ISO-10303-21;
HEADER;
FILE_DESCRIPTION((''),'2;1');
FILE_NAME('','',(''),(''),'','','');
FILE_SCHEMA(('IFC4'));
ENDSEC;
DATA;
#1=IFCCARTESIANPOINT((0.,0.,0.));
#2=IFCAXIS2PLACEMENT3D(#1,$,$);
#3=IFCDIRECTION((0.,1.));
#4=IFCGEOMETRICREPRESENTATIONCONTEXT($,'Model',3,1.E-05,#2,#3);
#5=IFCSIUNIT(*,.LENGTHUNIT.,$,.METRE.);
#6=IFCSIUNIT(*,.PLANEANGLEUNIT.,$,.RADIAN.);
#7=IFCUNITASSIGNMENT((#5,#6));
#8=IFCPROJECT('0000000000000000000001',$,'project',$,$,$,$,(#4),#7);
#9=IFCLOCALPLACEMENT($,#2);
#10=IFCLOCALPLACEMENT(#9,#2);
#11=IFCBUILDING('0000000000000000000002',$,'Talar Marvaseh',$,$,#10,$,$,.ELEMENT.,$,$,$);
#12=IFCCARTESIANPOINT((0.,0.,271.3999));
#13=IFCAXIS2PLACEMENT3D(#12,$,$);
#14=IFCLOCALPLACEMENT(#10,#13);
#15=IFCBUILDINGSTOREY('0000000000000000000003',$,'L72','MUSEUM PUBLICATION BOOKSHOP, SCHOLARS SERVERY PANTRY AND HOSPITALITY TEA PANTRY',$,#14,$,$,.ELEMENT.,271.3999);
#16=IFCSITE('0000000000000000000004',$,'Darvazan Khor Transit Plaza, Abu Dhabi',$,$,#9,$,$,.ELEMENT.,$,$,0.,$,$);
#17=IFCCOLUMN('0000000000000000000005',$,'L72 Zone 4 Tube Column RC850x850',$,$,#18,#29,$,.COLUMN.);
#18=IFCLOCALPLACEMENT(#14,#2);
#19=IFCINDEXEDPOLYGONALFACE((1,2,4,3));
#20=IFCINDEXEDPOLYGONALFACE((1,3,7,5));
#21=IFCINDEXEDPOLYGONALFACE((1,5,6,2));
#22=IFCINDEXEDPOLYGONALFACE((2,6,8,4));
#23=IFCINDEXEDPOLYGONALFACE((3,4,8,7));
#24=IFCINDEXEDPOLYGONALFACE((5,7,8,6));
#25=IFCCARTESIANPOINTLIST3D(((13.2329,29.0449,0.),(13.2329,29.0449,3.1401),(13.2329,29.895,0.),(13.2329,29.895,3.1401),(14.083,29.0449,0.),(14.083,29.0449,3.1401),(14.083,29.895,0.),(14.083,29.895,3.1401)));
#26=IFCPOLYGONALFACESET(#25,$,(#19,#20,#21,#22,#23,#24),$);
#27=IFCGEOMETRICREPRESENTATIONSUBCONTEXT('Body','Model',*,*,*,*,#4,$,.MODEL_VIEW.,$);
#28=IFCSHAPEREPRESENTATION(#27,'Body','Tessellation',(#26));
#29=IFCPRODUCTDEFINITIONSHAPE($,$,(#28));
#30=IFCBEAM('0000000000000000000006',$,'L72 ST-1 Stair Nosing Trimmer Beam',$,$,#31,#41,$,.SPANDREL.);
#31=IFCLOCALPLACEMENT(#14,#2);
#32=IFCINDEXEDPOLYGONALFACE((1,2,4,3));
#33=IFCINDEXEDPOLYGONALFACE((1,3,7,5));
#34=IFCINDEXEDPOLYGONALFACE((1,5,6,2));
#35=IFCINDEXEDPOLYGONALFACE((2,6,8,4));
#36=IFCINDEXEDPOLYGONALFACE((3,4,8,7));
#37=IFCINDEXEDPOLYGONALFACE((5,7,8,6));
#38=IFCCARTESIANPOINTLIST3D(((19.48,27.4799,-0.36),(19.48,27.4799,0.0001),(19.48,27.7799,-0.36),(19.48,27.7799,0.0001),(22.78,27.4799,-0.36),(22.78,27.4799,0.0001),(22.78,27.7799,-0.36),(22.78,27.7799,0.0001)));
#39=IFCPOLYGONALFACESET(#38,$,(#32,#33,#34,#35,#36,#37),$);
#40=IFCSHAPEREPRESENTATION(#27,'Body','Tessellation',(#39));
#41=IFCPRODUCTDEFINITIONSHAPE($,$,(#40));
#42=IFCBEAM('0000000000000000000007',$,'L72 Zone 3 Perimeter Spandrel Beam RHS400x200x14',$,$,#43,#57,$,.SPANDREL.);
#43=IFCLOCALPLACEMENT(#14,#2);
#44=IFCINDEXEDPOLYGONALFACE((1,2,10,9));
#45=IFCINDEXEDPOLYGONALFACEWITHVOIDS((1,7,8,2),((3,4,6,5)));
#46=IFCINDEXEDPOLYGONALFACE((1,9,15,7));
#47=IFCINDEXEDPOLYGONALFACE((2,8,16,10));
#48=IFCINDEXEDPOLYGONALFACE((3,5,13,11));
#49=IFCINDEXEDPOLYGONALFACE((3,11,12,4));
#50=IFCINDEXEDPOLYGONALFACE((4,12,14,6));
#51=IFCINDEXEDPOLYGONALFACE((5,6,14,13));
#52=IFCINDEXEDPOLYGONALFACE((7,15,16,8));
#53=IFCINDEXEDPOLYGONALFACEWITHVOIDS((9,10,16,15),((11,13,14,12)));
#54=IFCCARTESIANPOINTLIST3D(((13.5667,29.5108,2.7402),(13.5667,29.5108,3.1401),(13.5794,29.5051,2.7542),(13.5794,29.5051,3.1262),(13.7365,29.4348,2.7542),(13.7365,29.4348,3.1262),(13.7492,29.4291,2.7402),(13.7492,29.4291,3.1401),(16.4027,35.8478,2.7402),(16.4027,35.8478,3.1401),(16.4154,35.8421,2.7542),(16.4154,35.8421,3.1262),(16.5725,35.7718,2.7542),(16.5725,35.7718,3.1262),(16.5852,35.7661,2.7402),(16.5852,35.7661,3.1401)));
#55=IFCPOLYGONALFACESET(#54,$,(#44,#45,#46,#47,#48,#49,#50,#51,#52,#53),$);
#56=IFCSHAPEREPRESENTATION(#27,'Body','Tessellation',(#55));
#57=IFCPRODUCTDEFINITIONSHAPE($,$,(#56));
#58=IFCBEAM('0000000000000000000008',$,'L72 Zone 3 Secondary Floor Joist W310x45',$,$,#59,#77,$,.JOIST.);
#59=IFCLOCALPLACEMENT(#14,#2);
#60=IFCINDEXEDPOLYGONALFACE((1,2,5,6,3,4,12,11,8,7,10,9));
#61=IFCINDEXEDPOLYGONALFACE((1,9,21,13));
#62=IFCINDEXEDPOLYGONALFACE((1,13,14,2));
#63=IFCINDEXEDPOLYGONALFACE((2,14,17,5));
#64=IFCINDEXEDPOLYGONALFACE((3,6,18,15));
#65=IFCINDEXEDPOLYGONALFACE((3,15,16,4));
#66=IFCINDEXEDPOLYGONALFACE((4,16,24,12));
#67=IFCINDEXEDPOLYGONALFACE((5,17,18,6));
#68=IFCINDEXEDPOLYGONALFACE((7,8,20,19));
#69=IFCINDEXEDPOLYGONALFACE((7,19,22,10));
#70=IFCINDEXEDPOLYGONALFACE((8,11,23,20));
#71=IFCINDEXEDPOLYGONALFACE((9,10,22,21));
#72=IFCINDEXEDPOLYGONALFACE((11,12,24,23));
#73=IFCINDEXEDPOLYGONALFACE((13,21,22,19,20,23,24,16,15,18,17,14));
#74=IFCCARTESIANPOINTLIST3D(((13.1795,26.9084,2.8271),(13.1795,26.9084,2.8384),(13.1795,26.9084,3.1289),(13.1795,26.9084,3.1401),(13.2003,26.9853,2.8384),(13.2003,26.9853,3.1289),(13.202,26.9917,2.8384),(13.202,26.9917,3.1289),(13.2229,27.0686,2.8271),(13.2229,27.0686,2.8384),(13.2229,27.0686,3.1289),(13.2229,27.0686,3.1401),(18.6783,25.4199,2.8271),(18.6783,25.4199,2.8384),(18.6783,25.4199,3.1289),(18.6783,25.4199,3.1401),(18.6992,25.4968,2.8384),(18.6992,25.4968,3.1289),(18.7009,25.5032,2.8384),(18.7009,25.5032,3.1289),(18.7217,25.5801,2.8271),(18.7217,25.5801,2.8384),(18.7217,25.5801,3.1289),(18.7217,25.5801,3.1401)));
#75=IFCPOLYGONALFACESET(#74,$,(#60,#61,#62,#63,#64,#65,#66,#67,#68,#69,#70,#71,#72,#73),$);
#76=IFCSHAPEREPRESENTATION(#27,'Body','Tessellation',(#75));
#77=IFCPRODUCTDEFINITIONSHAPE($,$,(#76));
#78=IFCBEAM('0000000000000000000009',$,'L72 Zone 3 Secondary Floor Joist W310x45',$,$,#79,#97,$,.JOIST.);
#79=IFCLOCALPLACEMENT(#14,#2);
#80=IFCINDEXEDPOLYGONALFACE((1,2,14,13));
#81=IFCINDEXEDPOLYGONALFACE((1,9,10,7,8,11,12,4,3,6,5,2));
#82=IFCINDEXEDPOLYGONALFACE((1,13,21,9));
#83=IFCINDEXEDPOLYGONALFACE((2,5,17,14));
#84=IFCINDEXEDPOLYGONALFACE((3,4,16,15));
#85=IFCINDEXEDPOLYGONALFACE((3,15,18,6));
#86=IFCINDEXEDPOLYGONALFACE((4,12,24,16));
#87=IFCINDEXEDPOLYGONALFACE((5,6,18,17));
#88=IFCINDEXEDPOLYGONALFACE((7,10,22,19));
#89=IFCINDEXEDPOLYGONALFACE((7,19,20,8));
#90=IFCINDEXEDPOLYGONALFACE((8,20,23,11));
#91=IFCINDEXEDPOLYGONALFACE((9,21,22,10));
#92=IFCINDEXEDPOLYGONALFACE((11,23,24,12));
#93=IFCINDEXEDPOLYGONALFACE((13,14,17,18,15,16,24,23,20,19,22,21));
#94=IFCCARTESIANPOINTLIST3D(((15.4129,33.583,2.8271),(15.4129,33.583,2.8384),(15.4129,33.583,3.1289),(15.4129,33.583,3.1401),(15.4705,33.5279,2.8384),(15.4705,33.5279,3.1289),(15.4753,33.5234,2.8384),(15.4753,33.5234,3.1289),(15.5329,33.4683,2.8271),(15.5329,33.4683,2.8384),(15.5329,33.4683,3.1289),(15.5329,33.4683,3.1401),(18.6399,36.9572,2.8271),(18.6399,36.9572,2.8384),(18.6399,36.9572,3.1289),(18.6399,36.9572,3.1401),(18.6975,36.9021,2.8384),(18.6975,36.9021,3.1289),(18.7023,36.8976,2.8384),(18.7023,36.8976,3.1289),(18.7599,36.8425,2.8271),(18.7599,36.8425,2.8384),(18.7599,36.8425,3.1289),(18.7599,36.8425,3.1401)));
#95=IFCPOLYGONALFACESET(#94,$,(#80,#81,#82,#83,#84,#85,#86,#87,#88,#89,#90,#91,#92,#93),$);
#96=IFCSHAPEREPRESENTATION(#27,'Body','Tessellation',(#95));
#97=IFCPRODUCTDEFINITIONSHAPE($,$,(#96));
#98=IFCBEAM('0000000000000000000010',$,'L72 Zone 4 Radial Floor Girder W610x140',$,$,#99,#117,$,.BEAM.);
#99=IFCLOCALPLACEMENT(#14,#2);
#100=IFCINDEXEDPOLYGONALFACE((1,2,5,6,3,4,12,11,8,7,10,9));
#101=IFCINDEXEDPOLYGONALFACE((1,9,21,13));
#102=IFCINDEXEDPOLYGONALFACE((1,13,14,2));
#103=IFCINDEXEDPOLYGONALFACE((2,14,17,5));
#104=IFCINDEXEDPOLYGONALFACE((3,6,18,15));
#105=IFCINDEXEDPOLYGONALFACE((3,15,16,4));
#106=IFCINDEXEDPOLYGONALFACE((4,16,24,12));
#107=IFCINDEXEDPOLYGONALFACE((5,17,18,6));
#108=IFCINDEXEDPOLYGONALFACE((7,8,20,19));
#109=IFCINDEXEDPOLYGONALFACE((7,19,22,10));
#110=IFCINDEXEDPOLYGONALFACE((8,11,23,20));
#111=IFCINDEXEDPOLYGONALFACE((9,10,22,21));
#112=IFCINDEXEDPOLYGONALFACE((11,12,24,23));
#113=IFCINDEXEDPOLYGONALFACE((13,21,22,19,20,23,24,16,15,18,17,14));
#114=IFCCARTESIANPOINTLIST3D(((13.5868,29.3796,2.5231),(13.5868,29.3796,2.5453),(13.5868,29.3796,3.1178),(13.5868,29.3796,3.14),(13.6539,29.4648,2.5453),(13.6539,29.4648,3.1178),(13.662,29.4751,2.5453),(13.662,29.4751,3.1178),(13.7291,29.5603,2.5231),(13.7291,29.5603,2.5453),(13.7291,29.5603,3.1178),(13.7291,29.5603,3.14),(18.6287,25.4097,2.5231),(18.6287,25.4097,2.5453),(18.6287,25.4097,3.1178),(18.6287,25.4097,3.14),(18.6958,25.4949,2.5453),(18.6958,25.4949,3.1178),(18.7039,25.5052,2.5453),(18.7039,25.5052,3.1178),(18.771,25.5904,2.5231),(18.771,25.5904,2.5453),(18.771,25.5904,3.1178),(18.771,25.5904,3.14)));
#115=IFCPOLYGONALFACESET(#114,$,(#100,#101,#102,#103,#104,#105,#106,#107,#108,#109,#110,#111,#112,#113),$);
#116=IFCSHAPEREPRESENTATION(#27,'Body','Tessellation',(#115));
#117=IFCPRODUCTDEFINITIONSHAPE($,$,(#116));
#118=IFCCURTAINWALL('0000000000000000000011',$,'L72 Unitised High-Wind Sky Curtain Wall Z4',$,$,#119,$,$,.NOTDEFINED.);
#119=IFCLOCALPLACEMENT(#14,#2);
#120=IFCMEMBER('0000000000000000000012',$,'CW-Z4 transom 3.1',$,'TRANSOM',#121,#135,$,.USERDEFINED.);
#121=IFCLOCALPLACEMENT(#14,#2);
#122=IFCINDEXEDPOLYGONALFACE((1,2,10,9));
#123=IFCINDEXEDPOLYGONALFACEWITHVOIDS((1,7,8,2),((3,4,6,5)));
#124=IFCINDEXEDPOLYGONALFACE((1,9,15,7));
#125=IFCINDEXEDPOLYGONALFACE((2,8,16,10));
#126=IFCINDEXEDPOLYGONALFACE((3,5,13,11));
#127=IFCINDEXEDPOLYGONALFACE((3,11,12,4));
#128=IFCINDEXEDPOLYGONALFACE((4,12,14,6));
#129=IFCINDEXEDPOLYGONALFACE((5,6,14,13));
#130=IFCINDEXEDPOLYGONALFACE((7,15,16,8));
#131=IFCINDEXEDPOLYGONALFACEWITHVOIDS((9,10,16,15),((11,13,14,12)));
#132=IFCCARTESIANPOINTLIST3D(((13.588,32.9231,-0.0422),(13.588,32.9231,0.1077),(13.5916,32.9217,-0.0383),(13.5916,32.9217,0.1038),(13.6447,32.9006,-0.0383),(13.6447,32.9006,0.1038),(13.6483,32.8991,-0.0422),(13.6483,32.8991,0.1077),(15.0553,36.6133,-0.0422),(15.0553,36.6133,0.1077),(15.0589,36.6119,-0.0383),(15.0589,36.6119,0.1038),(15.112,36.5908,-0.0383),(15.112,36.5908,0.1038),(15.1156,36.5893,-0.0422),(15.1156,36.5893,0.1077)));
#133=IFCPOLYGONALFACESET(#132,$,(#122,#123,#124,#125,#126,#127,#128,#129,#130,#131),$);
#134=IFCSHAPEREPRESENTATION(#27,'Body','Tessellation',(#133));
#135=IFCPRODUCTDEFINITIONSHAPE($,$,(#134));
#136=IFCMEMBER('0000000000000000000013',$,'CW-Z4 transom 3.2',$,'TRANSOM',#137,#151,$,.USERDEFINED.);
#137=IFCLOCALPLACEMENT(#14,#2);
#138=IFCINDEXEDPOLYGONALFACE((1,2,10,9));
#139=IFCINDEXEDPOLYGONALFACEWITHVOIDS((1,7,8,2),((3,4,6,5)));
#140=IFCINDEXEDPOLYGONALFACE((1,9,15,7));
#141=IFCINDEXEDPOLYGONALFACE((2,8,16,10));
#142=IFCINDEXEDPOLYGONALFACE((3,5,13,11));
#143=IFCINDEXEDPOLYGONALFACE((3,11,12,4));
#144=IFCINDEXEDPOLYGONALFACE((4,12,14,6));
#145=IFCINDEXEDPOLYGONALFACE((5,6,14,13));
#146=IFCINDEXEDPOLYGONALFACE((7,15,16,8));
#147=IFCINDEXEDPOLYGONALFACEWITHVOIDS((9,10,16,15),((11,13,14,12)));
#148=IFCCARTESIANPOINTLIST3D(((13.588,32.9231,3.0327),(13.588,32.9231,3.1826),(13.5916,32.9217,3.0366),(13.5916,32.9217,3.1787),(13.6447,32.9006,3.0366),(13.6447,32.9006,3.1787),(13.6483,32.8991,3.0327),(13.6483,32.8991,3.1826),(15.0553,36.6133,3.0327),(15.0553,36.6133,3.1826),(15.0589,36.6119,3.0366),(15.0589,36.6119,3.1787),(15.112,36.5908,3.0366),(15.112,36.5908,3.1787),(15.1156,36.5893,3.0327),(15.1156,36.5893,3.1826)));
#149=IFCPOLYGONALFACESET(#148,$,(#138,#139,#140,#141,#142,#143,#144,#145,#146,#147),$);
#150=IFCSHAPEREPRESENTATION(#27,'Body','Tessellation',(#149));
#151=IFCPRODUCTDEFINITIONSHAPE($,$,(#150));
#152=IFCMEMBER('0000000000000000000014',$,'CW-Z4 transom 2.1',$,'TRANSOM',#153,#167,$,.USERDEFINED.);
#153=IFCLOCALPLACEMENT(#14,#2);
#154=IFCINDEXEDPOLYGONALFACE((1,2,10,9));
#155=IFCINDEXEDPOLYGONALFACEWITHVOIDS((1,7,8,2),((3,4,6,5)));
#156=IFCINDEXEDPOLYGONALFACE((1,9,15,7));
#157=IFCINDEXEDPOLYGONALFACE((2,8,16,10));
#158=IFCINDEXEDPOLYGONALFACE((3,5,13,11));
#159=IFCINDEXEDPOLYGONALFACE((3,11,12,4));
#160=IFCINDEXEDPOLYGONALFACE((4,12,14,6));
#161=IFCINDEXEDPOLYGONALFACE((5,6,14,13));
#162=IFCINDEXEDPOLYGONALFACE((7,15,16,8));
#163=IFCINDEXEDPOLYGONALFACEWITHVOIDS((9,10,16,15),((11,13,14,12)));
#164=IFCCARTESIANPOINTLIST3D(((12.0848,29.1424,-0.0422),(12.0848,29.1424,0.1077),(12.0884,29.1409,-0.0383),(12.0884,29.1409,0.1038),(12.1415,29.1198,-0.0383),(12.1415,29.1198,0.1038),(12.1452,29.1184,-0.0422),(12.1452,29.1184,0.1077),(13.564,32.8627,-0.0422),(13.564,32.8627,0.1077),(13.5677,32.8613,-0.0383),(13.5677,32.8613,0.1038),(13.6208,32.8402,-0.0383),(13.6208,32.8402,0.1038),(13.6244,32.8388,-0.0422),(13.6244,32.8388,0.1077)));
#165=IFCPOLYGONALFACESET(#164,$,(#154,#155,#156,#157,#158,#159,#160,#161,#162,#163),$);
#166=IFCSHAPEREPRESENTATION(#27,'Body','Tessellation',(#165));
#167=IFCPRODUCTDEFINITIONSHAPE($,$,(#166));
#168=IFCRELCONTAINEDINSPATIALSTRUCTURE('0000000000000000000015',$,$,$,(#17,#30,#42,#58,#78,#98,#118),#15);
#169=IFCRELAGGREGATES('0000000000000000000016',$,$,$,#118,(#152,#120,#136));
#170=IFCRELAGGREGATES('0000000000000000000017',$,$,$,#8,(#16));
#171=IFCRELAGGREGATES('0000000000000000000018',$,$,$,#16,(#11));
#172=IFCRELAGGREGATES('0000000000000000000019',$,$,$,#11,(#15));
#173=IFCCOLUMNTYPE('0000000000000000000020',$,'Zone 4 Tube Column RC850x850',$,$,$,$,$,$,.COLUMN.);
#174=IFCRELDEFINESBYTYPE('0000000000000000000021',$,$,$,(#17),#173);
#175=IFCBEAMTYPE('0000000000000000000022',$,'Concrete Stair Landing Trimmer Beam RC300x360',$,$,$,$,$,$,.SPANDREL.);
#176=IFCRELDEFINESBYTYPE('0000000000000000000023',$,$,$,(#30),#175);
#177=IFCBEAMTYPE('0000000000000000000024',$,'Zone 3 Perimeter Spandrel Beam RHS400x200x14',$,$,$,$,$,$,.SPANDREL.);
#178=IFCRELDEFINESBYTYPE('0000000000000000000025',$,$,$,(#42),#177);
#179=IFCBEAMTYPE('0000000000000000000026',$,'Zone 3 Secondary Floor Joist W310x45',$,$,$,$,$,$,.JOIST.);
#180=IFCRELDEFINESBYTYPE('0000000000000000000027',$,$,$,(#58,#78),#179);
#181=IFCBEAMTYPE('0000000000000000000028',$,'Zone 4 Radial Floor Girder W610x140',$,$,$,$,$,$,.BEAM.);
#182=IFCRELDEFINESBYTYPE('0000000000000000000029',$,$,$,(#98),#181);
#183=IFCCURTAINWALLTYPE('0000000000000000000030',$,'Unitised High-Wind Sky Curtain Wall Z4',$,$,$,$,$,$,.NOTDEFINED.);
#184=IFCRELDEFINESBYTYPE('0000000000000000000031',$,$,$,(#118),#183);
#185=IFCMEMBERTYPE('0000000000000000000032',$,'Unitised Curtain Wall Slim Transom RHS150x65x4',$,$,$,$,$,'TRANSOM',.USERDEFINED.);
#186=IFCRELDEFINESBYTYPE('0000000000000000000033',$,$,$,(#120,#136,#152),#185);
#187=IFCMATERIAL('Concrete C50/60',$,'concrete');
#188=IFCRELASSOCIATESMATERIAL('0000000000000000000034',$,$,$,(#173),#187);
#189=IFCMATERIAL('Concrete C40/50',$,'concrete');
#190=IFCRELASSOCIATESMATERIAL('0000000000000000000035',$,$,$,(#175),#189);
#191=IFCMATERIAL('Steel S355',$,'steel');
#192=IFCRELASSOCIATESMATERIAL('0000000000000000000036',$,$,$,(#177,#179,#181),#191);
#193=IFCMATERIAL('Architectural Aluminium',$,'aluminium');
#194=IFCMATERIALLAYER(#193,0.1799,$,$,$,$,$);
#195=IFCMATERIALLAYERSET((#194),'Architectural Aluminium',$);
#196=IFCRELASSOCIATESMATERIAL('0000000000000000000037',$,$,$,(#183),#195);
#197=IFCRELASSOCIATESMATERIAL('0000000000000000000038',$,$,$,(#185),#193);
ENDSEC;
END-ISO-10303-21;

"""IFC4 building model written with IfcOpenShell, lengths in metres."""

from ifc_helpers import new_model, si_unit, direction, frame, origin, origin_2d, place, context, subcontext, project, spatial, rectangle, hollow_rectangle, i_section, extrude, source, transform, mapped, material, layer, layer_set, material_profile, profile_set, type_object, type_shapes, element, aggregate, save


model = new_model("IFC4")

# Units and contexts
model_context = context("Model", 3, precision=1e-05, world=origin(), true_north=direction((0.0, 1.0)))
body_context = subcontext(model_context, "Body", "Model", "MODEL_VIEW")
ifc_project = project(units=[si_unit("LENGTHUNIT", "METRE"), si_unit("PLANEANGLEUNIT", "RADIAN")], contexts=[model_context])

# Site, building, storey
site_placement = place(None, origin())
site = spatial("IfcSite", under=ifc_project, at=site_placement, Name="Darvazan Khor Transit Plaza, Abu Dhabi", CompositionType="ELEMENT", RefElevation=0.0)
building_placement = place(site_placement, origin())
building = spatial("IfcBuilding", under=site, at=building_placement, Name="Talar Marvaseh", CompositionType="ELEMENT")
storey_placement = place(building_placement, frame((0.0, 0.0, 271.3999)))
storey = spatial("IfcBuildingStorey", under=building, at=storey_placement, Name="L72", Description="MUSEUM PUBLICATION BOOKSHOP, SCHOLARS SERVERY PANTRY AND HOSPITALITY TEA PANTRY", CompositionType="ELEMENT", Elevation=271.3999)

# Column
ifc_material_1 = material(Name="Concrete C50/60", Category="concrete")
ifc_material_profile_1 = material_profile(ifc_material_1, rectangle(XDim=0.8501, YDim=0.8501, at=origin_2d()), Name="RC850x850")
ifc_profile_set_1 = profile_set([ifc_material_profile_1], Name="Concrete C50/60")
column_type = type_object("IfcColumnType", Name="Zone 4 Tube Column RC850x850", PredefinedType="COLUMN", material=ifc_profile_set_1)
column_placement = place(storey_placement, frame((13.658, 29.47, 0.0), z_axis=(0.0, 0.0, 1.0), x_axis=(1.0, 0.0, 0.0)))
element("IfcColumn", 1, at=column_placement, inside=storey, type_object=column_type, Name="L72 Zone 4 Tube Column RC850x850", PredefinedType="COLUMN", context=body_context, shape_type="SweptSolid", body=[
    extrude(rectangle(XDim=0.8501, YDim=0.8501, at=origin_2d()), origin(), (0.0, 0.0, 1.0), 3.1401),
])

# Beams
ifc_material_2 = material(Name="Concrete C40/50", Category="concrete")
ifc_material_profile_2 = material_profile(ifc_material_2, rectangle(XDim=0.3, YDim=0.3601, at=origin_2d()), Name="RC300x360")
ifc_profile_set_2 = profile_set([ifc_material_profile_2], Name="Concrete C40/50")
beam_type_1 = type_object("IfcBeamType", Name="Concrete Stair Landing Trimmer Beam RC300x360", PredefinedType="SPANDREL", material=ifc_profile_set_2)
beam_1_placement = place(storey_placement, frame((22.78, 27.6299, -0.1799), z_axis=(-1.0, 0.0, 0.0), x_axis=(0.0, -1.0, 0.0)))
element("IfcBeam", 2, at=beam_1_placement, inside=storey, type_object=beam_type_1, Name="L72 ST-1 Stair Nosing Trimmer Beam", PredefinedType="SPANDREL", context=body_context, shape_type="SweptSolid", body=[
    extrude(rectangle(XDim=0.3, YDim=0.3601, at=origin_2d()), origin(), (0.0, 0.0, 1.0), 3.3),
])
ifc_material_3 = material(Name="Steel S355", Category="steel")
ifc_material_profile_3 = material_profile(ifc_material_3, hollow_rectangle(XDim=0.2, YDim=0.3999, WallThickness=0.0139, at=origin_2d()), Name="RHS400x200x14")
ifc_profile_set_3 = profile_set([ifc_material_profile_3], Name="Steel S355")
beam_type_2 = type_object("IfcBeamType", Name="Zone 3 Perimeter Spandrel Beam RHS400x200x14", PredefinedType="SPANDREL", material=ifc_profile_set_3)
beam_2_placement = place(storey_placement, frame((13.658, 29.47, 2.9402), z_axis=(0.408486, 0.912764, 0.0), x_axis=(-0.912764, 0.408486, 0.0)))
element("IfcBeam", 3, at=beam_2_placement, inside=storey, type_object=beam_type_2, Name="L72 Zone 3 Perimeter Spandrel Beam RHS400x200x14", PredefinedType="SPANDREL", context=body_context, shape_type="SweptSolid", body=[
    extrude(hollow_rectangle(XDim=0.2, YDim=0.3999, WallThickness=0.0139, at=origin_2d()), origin(), (0.0, 0.0, 1.0), 6.9426),
])
ifc_material_profile_4 = material_profile(ifc_material_3, i_section(OverallWidth=0.166, OverallDepth=0.313, WebThickness=0.0066, FlangeThickness=0.0112, at=origin_2d()), Name="W310x45")
ifc_profile_set_4 = profile_set([ifc_material_profile_4], Name="Steel S355")
beam_type_3 = type_object("IfcBeamType", Name="Zone 3 Secondary Floor Joist W310x45", PredefinedType="JOIST", material=ifc_profile_set_4)
beam_3_placement = place(storey_placement, frame((13.2012, 26.9885, 2.9836), z_axis=(0.965259, -0.261297, 0.0), x_axis=(0.261297, 0.965259, 0.0)))
element("IfcBeam", 4, at=beam_3_placement, inside=storey, type_object=beam_type_3, Name="L72 Zone 3 Secondary Floor Joist W310x45", PredefinedType="JOIST", context=body_context, shape_type="SweptSolid", body=[
    extrude(i_section(OverallWidth=0.166, OverallDepth=0.313, WebThickness=0.0066, FlangeThickness=0.0112, at=origin_2d()), origin(), (0.0, 0.0, 1.0), 5.6968),
])
beam_4_placement = place(storey_placement, frame((15.4729, 33.5256, 2.9836), z_axis=(0.691166, 0.722696, 0.0), x_axis=(-0.722696, 0.691166, 0.0)))
element("IfcBeam", 5, at=beam_4_placement, inside=storey, type_object=beam_type_3, Name="L72 Zone 3 Secondary Floor Joist W310x45", PredefinedType="JOIST", context=body_context, shape_type="SweptSolid", body=[
    extrude(i_section(OverallWidth=0.166, OverallDepth=0.313, WebThickness=0.0066, FlangeThickness=0.0112, at=origin_2d()), origin(), (0.0, 0.0, 1.0), 4.6689),
])
ifc_material_profile_5 = material_profile(ifc_material_3, i_section(OverallWidth=0.23, OverallDepth=0.6169, WebThickness=0.0132, FlangeThickness=0.0222, at=origin_2d()), Name="W610x140")
ifc_profile_set_5 = profile_set([ifc_material_profile_5], Name="Steel S355")
beam_type_4 = type_object("IfcBeamType", Name="Zone 4 Radial Floor Girder W610x140", PredefinedType="BEAM", material=ifc_profile_set_5)
beam_5_placement = place(storey_placement, frame((13.658, 29.47, 2.8315), z_axis=(0.785682, -0.618631, 0.0), x_axis=(0.618631, 0.785682, 0.0)))
element("IfcBeam", 6, at=beam_5_placement, inside=storey, type_object=beam_type_4, Name="L72 Zone 4 Radial Floor Girder W610x140", PredefinedType="BEAM", context=body_context, shape_type="SweptSolid", body=[
    extrude(i_section(OverallWidth=0.23, OverallDepth=0.6169, WebThickness=0.0132, FlangeThickness=0.0222, at=origin_2d()), origin(), (0.0, 0.0, 1.0), 6.4172),
])

# Curtain wall, members
ifc_material_4 = material(Name="Architectural Aluminium", Category="aluminium")
ifc_layer_1 = layer(ifc_material_4, 0.1799)
ifc_layer_set_1 = layer_set([ifc_layer_1], Name="Architectural Aluminium")
curtain_wall_type = type_object("IfcCurtainWallType", Name="Unitised High-Wind Sky Curtain Wall Z4", PredefinedType="NOTDEFINED", material=ifc_layer_set_1)
curtain_wall_placement = place(storey_placement, origin())
curtain_wall = element("IfcCurtainWall", 7, at=curtain_wall_placement, inside=storey, type_object=curtain_wall_type, Name="L72 Unitised High-Wind Sky Curtain Wall Z4", PredefinedType="NOTDEFINED")
ifc_material_profile_6 = material_profile(ifc_material_4, hollow_rectangle(XDim=0.0649, YDim=0.1499, WallThickness=0.0039, at=origin_2d()), Name="RHS150x65x4")
ifc_profile_set_6 = profile_set([ifc_material_profile_6], Name="Architectural Aluminium")
member_type_1 = type_object("IfcMemberType", Name="Unitised Curtain Wall Slim Transom RHS150x65x4", ElementType="TRANSOM", PredefinedType="USERDEFINED", material=ifc_profile_set_6)
shared_shape_1 = source(origin(), body_context, "Body", "SweptSolid", [
    extrude(hollow_rectangle(XDim=0.0649, YDim=0.1499, WallThickness=0.0039, at=origin_2d()), origin(), (0.0, 0.0, 1.0), 3.9712),
])
member_1_placement = place(storey_placement, frame((13.6182, 32.9111, 0.0327), z_axis=(0.369482, 0.929238, 0.0), x_axis=(-0.929238, 0.369482, 0.0)))
member_1 = element("IfcMember", 8, at=member_1_placement, type_object=member_type_1, Name="CW-Z4 transom 3.1", ObjectType="TRANSOM", PredefinedType="USERDEFINED", context=body_context, shape_type="MappedRepresentation", body=[
    mapped(shared_shape_1, transform((0.0, 0.0, 0.0), x_axis=(1.0, 0.0, 0.0), y_axis=(0.0, 1.0, 0.0), z_axis=(0.0, 0.0, 1.0), scale=1.0)),
])
member_2_placement = place(storey_placement, frame((13.6182, 32.9111, 3.1077), z_axis=(0.369482, 0.929238, 0.0), x_axis=(-0.929238, 0.369482, 0.0)))
member_2 = element("IfcMember", 9, at=member_2_placement, type_object=member_type_1, Name="CW-Z4 transom 3.2", ObjectType="TRANSOM", PredefinedType="USERDEFINED", context=body_context, shape_type="MappedRepresentation", body=[
    mapped(shared_shape_1, transform((0.0, 0.0, 0.0), x_axis=(1.0, 0.0, 0.0), y_axis=(0.0, 1.0, 0.0), z_axis=(0.0, 0.0, 1.0), scale=1.0)),
])
shared_shape_2 = source(origin(), body_context, "Body", "SweptSolid", [
    extrude(hollow_rectangle(XDim=0.0649, YDim=0.1499, WallThickness=0.0039, at=origin_2d()), origin(), (0.0, 0.0, 1.0), 4.0037),
])
type_shapes(member_type_1, [shared_shape_1, shared_shape_2])
member_3_placement = place(storey_placement, frame((12.115, 29.1304, 0.0327), z_axis=(0.369466, 0.929244, 0.0), x_axis=(-0.929244, 0.369466, 0.0)))
member_3 = element("IfcMember", 10, at=member_3_placement, type_object=member_type_1, Name="CW-Z4 transom 2.1", ObjectType="TRANSOM", PredefinedType="USERDEFINED", context=body_context, shape_type="MappedRepresentation", body=[
    mapped(shared_shape_2, transform((0.0, 0.0, 0.0), x_axis=(1.0, 0.0, 0.0), y_axis=(0.0, 1.0, 0.0), z_axis=(0.0, 0.0, 1.0), scale=1.0)),
])
aggregate(curtain_wall, [member_3, member_1, member_2])

save(model, "model.ifc")
